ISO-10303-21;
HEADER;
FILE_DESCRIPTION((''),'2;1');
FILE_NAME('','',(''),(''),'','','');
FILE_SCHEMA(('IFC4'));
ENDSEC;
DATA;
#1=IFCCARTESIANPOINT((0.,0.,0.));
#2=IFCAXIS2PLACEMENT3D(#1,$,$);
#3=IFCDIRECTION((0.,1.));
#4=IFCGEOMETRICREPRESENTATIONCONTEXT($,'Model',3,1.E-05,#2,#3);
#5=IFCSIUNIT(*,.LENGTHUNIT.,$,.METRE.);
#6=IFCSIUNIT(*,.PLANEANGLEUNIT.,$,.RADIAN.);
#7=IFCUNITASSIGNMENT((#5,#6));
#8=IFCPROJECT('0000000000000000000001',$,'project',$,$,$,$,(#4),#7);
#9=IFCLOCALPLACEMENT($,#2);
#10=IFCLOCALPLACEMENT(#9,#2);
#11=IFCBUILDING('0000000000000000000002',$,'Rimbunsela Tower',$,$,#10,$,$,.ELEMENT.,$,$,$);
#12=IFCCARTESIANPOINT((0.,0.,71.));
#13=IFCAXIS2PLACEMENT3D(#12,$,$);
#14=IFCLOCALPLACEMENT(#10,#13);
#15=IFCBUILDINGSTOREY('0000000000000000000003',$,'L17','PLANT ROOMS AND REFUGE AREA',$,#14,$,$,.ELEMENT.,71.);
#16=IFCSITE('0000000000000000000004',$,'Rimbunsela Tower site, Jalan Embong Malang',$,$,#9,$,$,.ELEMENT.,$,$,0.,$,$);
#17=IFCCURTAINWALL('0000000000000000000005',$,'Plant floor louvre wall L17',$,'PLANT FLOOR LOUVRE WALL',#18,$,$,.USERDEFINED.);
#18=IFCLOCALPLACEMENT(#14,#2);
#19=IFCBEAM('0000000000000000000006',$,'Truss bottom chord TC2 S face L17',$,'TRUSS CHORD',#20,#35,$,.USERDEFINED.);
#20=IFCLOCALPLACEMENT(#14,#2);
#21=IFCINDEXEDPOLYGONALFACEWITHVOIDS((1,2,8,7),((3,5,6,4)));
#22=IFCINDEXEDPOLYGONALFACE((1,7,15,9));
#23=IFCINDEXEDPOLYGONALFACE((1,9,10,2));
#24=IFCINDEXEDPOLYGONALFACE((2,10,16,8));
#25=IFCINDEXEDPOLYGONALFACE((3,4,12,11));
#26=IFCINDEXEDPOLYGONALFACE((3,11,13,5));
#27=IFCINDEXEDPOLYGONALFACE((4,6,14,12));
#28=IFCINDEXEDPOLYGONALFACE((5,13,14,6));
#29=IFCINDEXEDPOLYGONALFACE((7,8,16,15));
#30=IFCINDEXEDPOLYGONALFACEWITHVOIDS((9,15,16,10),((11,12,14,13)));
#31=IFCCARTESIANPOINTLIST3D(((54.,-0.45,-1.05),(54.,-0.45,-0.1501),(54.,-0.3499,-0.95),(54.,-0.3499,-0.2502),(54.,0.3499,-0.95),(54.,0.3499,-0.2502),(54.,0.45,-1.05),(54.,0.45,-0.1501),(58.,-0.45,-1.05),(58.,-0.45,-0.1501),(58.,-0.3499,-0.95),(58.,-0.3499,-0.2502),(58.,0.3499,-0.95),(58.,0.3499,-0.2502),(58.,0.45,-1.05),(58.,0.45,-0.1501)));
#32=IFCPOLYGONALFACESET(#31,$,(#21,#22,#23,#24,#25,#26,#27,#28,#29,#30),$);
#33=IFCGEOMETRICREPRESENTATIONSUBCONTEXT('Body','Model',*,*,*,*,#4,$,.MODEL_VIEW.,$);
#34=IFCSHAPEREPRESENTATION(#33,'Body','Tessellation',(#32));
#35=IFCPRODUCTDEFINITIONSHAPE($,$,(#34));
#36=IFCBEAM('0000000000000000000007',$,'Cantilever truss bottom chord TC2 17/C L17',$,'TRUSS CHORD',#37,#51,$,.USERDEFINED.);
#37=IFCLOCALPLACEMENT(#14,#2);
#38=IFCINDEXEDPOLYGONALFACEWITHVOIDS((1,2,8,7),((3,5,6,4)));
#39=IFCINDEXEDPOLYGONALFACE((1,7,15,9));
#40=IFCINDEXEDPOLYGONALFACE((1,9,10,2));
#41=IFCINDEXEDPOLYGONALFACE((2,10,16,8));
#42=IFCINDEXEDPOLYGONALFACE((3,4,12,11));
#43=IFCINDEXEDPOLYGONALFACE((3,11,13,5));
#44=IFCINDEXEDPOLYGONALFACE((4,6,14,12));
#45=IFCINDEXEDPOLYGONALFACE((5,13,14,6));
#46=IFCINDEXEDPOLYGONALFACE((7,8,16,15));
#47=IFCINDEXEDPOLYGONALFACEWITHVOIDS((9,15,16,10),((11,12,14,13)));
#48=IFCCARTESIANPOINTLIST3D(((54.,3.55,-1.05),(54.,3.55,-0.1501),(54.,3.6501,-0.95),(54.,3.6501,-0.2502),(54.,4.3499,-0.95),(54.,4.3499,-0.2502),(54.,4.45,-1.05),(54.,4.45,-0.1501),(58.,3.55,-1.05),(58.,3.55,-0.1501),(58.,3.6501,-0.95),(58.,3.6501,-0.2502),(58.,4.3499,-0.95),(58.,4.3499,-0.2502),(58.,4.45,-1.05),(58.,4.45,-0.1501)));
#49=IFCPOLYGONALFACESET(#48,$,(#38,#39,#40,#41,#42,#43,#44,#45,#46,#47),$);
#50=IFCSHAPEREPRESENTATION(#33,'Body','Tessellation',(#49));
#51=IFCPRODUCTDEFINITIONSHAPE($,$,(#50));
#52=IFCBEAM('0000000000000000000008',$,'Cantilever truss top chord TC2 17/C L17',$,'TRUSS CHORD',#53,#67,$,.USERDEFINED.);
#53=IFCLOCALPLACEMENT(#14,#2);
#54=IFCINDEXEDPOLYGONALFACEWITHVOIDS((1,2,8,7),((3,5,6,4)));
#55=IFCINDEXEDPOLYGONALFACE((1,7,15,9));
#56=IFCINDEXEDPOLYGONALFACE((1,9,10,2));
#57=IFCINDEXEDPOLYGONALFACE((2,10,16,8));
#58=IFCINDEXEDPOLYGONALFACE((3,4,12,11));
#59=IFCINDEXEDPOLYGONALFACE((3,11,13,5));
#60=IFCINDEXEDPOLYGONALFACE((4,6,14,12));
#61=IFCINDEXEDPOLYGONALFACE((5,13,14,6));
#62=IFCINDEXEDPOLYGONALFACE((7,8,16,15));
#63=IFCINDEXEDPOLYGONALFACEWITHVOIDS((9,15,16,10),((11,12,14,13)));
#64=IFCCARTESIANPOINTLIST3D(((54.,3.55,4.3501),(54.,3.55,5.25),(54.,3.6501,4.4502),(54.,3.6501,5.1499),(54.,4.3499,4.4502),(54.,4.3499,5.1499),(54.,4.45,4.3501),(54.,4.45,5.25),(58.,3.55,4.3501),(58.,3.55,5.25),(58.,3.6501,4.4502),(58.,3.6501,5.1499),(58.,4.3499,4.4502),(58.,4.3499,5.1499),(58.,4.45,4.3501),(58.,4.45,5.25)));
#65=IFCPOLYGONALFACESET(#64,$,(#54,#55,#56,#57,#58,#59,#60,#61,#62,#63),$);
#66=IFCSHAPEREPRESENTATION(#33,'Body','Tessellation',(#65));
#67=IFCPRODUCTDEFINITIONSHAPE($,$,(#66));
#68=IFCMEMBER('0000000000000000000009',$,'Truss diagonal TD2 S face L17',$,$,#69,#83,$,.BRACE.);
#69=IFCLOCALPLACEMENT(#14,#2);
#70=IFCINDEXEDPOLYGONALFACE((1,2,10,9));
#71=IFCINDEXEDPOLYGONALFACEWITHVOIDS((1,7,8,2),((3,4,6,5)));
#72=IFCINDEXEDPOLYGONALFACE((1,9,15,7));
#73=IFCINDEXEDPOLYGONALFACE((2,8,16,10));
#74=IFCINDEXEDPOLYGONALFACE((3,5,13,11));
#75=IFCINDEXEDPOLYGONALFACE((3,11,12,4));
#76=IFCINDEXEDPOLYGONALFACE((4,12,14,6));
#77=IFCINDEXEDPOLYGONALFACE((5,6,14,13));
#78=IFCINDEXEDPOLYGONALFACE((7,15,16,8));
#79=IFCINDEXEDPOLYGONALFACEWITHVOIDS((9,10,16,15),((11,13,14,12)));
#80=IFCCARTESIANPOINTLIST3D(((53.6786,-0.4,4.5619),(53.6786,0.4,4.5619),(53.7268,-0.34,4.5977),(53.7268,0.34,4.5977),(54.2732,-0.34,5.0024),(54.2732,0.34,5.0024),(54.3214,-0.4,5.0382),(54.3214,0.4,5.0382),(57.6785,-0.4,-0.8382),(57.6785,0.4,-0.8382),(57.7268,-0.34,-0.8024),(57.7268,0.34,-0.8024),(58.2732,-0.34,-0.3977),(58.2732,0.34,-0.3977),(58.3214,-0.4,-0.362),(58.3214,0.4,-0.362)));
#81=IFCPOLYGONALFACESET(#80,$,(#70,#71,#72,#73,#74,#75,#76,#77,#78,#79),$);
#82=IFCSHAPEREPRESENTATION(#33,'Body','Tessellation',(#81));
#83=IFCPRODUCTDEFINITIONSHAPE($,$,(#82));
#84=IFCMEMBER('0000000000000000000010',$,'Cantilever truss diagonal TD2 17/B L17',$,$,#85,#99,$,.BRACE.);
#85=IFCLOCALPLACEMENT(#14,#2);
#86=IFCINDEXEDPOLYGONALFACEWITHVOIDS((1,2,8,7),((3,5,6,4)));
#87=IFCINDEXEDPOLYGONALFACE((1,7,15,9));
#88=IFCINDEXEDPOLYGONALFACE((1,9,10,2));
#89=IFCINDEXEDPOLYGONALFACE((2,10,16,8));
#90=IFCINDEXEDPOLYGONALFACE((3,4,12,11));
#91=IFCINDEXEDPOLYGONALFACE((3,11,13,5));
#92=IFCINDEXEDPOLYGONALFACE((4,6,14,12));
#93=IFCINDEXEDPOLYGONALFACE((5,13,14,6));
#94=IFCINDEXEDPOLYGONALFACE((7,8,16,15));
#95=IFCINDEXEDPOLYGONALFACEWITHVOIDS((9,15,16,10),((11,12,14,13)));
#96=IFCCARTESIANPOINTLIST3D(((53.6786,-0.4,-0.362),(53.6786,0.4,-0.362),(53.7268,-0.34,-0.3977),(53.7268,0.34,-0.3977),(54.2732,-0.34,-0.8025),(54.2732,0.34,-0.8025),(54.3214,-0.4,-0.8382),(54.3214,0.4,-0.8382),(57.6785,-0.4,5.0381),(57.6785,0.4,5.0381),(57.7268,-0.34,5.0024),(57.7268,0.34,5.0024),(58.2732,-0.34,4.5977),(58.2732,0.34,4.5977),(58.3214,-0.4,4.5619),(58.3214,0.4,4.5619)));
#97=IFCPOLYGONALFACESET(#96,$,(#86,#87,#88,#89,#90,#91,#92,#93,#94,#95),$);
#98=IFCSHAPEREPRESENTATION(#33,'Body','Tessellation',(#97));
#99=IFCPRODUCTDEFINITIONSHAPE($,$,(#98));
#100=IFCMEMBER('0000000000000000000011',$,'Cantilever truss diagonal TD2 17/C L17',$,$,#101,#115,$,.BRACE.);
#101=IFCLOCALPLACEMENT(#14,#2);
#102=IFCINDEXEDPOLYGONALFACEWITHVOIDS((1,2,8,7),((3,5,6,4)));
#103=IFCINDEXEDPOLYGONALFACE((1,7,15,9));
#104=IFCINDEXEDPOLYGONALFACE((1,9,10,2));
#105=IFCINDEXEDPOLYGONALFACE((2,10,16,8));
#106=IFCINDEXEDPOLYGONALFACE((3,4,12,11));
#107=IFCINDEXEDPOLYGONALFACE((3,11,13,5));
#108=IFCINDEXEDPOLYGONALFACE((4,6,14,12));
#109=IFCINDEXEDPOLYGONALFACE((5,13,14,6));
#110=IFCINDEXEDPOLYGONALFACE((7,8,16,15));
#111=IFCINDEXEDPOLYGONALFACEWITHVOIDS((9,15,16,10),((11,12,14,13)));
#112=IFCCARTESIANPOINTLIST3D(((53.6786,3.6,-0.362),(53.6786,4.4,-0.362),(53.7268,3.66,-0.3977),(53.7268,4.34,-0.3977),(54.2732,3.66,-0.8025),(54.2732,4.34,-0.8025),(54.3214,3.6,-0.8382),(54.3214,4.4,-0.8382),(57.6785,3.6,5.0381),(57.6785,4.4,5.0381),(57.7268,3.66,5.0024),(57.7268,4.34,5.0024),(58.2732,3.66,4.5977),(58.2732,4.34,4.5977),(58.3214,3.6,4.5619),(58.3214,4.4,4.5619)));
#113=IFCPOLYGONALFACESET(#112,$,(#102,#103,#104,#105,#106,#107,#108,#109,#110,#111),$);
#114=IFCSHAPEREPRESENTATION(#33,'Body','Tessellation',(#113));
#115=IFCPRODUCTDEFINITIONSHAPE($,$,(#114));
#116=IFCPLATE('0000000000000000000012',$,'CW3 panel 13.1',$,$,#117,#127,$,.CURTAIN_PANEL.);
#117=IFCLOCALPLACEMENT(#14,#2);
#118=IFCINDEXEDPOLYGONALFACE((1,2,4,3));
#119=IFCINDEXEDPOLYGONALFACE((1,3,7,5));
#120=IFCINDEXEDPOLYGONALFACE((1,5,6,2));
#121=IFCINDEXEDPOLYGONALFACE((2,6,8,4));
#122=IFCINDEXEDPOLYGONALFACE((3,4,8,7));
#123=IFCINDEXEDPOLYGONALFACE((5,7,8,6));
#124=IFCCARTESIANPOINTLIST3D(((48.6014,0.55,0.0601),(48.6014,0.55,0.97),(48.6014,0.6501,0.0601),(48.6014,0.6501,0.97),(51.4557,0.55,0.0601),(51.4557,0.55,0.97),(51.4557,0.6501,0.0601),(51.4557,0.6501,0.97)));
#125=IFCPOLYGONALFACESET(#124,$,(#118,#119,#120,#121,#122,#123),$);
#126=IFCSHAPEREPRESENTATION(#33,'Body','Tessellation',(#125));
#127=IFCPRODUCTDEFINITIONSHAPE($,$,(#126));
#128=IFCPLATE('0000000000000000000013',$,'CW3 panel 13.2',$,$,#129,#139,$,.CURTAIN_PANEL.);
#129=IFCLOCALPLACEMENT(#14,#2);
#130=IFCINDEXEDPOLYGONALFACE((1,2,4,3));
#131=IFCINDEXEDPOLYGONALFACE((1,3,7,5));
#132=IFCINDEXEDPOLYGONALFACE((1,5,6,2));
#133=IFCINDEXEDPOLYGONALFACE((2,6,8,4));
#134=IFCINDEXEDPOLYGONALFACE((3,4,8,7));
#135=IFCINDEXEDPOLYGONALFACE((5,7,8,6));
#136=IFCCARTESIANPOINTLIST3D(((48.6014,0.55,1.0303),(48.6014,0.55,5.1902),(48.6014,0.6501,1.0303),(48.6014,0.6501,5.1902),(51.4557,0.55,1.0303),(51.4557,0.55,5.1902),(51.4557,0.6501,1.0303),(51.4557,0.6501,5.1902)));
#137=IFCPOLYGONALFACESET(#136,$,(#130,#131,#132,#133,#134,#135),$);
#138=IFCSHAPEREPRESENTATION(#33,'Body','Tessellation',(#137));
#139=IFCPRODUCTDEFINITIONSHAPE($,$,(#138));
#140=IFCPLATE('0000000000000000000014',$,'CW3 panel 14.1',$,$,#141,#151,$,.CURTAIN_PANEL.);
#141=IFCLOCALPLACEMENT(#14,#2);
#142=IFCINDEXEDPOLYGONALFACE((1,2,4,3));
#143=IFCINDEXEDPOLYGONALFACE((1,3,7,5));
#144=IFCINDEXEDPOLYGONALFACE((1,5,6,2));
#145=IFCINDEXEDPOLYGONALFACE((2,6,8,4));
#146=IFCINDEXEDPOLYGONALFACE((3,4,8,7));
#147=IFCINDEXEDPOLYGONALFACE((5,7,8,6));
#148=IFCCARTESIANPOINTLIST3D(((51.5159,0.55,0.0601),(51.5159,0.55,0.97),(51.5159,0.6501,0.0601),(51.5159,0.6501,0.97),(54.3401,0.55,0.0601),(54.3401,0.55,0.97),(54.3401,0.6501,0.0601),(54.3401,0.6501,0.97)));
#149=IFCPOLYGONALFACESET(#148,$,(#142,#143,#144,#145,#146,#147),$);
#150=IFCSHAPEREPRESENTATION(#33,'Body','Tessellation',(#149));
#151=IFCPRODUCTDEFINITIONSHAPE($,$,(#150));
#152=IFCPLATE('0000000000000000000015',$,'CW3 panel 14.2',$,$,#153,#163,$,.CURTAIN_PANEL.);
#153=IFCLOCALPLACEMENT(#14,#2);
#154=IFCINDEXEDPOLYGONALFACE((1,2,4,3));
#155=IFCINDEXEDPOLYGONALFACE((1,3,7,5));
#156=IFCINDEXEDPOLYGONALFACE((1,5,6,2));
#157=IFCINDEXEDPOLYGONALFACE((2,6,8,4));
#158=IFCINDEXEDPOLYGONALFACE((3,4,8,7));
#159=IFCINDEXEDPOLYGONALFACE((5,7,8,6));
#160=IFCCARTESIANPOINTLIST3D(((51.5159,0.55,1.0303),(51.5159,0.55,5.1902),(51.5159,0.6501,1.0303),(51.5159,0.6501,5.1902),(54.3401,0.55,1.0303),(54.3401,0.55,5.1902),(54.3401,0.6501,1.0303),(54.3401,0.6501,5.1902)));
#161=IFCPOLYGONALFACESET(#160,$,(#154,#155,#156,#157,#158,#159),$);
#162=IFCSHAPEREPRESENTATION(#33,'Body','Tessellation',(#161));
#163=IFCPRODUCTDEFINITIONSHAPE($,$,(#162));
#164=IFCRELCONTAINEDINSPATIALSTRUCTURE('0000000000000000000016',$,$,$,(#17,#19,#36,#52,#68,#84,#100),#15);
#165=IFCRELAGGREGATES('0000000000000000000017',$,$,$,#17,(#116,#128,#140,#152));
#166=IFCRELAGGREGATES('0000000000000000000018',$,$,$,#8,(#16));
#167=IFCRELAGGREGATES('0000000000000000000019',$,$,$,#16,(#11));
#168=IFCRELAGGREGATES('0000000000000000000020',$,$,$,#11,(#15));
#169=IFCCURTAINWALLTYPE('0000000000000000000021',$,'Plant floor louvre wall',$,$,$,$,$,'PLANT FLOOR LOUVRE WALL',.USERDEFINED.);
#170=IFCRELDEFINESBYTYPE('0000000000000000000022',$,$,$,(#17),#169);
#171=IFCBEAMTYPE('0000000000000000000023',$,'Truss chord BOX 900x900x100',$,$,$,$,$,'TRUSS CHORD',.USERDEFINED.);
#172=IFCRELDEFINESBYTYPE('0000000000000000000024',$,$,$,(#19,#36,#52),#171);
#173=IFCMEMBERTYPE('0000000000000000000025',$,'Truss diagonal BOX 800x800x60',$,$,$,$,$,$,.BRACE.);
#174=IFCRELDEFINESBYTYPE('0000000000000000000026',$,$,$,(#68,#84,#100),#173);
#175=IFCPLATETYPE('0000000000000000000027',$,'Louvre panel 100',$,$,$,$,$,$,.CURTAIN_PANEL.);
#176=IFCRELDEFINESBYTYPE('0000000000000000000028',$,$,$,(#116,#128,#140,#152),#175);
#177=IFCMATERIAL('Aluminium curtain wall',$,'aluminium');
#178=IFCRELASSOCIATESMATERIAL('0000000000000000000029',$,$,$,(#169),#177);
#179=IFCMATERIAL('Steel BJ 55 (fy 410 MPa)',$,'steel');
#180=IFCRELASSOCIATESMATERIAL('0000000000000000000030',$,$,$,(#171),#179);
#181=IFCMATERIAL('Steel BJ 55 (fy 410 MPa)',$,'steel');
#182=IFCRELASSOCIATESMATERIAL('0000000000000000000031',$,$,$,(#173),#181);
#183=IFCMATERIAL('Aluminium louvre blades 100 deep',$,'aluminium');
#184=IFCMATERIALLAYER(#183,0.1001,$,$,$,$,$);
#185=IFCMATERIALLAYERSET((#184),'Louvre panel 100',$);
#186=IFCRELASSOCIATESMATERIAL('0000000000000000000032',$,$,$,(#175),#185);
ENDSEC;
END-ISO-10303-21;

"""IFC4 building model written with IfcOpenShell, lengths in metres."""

from ifc_helpers import new_model, si_unit, direction, frame, origin, origin_2d, place, context, subcontext, project, spatial, rectangle, hollow_rectangle, extrude, material, layer, layer_set, material_profile, profile_set, type_object, element, aggregate, save


model = new_model("IFC4")

# Units and contexts
model_context = context("Model", 3, precision=1e-05, world=origin(), true_north=direction((0.0, 1.0)))
body_context = subcontext(model_context, "Body", "Model", "MODEL_VIEW")
ifc_project = project(units=[si_unit("LENGTHUNIT", "METRE"), si_unit("PLANEANGLEUNIT", "RADIAN")], contexts=[model_context])

# Site, building, storey
site_placement = place(None, origin())
site = spatial("IfcSite", under=ifc_project, at=site_placement, Name="Rimbunsela Tower site, Jalan Embong Malang", CompositionType="ELEMENT", RefElevation=0.0)
building_placement = place(site_placement, origin())
building = spatial("IfcBuilding", under=site, at=building_placement, Name="Rimbunsela Tower", CompositionType="ELEMENT")
storey_placement = place(building_placement, frame((0.0, 0.0, 71.0)))
storey = spatial("IfcBuildingStorey", under=building, at=storey_placement, Name="L17", Description="PLANT ROOMS AND REFUGE AREA", CompositionType="ELEMENT", Elevation=71.0)

# Curtain wall
ifc_material_1 = material(Name="Aluminium curtain wall", Category="aluminium")
curtain_wall_type = type_object("IfcCurtainWallType", Name="Plant floor louvre wall", ElementType="PLANT FLOOR LOUVRE WALL", PredefinedType="USERDEFINED", material=ifc_material_1)
curtain_wall_placement = place(storey_placement, origin())
curtain_wall = element("IfcCurtainWall", 1, at=curtain_wall_placement, inside=storey, type_object=curtain_wall_type, Name="Plant floor louvre wall L17", ObjectType="PLANT FLOOR LOUVRE WALL", PredefinedType="USERDEFINED")

# Beams
ifc_material_2 = material(Name="Steel BJ 55 (fy 410 MPa)", Category="steel")
ifc_material_profile_1 = material_profile(ifc_material_2, hollow_rectangle(XDim=0.8999, YDim=0.8999, WallThickness=0.1001, at=origin_2d()), Name="BOX 900x900x100")
ifc_profile_set_1 = profile_set([ifc_material_profile_1], Name="Steel BJ 55 (fy 410 MPa)")
beam_type_1 = type_object("IfcBeamType", Name="Truss chord BOX 900x900x100", ElementType="TRUSS CHORD", PredefinedType="USERDEFINED", material=ifc_profile_set_1)
for number, where, z_axis, x_axis, name in (
    (2, (54.0, 0.0, -0.6001), (1.0, 0.0, 0.0), (0.0, 1.0, 0.0), "Truss bottom chord TC2 S face L17"),
    (3, (54.0, 4.0, -0.6001), (1.0, 0.0, 0.0), (0.0, 1.0, 0.0), "Cantilever truss bottom chord TC2 17/C L17"),
    (4, (54.0, 4.0, 4.8), (1.0, 0.0, 0.0), (0.0, 1.0, 0.0), "Cantilever truss top chord TC2 17/C L17"),
):
    element("IfcBeam", number, at=place(storey_placement, frame(where, z_axis=z_axis, x_axis=x_axis)), inside=storey, type_object=beam_type_1, Name=name, ObjectType="TRUSS CHORD", PredefinedType="USERDEFINED", context=body_context, shape_type="SweptSolid", body=[
        extrude(hollow_rectangle(XDim=0.8999, YDim=0.8999, WallThickness=0.1001, at=origin_2d()), origin(), (0.0, 0.0, 1.0), 4.0),
    ])

# Members
ifc_material_3 = material(Name="Steel BJ 55 (fy 410 MPa)", Category="steel")
ifc_material_profile_2 = material_profile(ifc_material_3, hollow_rectangle(XDim=0.8, YDim=0.8, WallThickness=0.0601, at=origin_2d()), Name="BOX 800x800x60")
ifc_profile_set_2 = profile_set([ifc_material_profile_2], Name="Steel BJ 55 (fy 410 MPa)")
member_type_1 = type_object("IfcMemberType", Name="Truss diagonal BOX 800x800x60", PredefinedType="BRACE", material=ifc_profile_set_2)
for number, where, z_axis, x_axis, name in (
    (5, (54.0, 0.0, 4.8), (0.595217, 0.0, -0.803565), (0.0, 1.0, 0.0), "Truss diagonal TD2 S face L17"),
    (6, (54.0, 0.0, -0.6001), (0.595217, 0.0, 0.803565), (0.0, 1.0, 0.0), "Cantilever truss diagonal TD2 17/B L17"),
    (7, (54.0, 4.0, -0.6001), (0.595217, 0.0, 0.803565), (0.0, 1.0, 0.0), "Cantilever truss diagonal TD2 17/C L17"),
):
    element("IfcMember", number, at=place(storey_placement, frame(where, z_axis=z_axis, x_axis=x_axis)), inside=storey, type_object=member_type_1, Name=name, PredefinedType="BRACE", context=body_context, shape_type="SweptSolid", body=[
        extrude(hollow_rectangle(XDim=0.8, YDim=0.8, WallThickness=0.0601, at=origin_2d()), origin(), (0.0, 0.0, 1.0), 6.7202),
    ])

# Plates
ifc_material_4 = material(Name="Aluminium louvre blades 100 deep", Category="aluminium")
ifc_layer = layer(ifc_material_4, 0.1001)
ifc_layer_set = layer_set([ifc_layer], Name="Louvre panel 100")
plate_type = type_object("IfcPlateType", Name="Louvre panel 100", PredefinedType="CURTAIN_PANEL", material=ifc_layer_set)
plate_1_placement = place(storey_placement, frame((50.0286, 0.6001, 0.0601), z_axis=(0.0, 0.0, 1.0), x_axis=(1.0, 0.0, 0.0)))
plate_1 = element("IfcPlate", 8, at=plate_1_placement, type_object=plate_type, Name="CW3 panel 13.1", PredefinedType="CURTAIN_PANEL", context=body_context, shape_type="SweptSolid", body=[
    extrude(rectangle(XDim=2.8542, YDim=0.1001, at=origin_2d()), origin(), (0.0, 0.0, 1.0), 0.9099),
])
plate_2_placement = place(storey_placement, frame((50.0286, 0.6001, 1.0303), z_axis=(0.0, 0.0, 1.0), x_axis=(1.0, 0.0, 0.0)))
plate_2 = element("IfcPlate", 9, at=plate_2_placement, type_object=plate_type, Name="CW3 panel 13.2", PredefinedType="CURTAIN_PANEL", context=body_context, shape_type="SweptSolid", body=[
    extrude(rectangle(XDim=2.8542, YDim=0.1001, at=origin_2d()), origin(), (0.0, 0.0, 1.0), 4.1599),
])
plate_3_placement = place(storey_placement, frame((52.928, 0.6001, 0.0601), z_axis=(0.0, 0.0, 1.0), x_axis=(1.0, 0.0, 0.0)))
plate_3 = element("IfcPlate", 10, at=plate_3_placement, type_object=plate_type, Name="CW3 panel 14.1", PredefinedType="CURTAIN_PANEL", context=body_context, shape_type="SweptSolid", body=[
    extrude(rectangle(XDim=2.8242, YDim=0.1001, at=origin_2d()), origin(), (0.0, 0.0, 1.0), 0.9099),
])
plate_4_placement = place(storey_placement, frame((52.928, 0.6001, 1.0303), z_axis=(0.0, 0.0, 1.0), x_axis=(1.0, 0.0, 0.0)))
plate_4 = element("IfcPlate", 11, at=plate_4_placement, type_object=plate_type, Name="CW3 panel 14.2", PredefinedType="CURTAIN_PANEL", context=body_context, shape_type="SweptSolid", body=[
    extrude(rectangle(XDim=2.8242, YDim=0.1001, at=origin_2d()), origin(), (0.0, 0.0, 1.0), 4.1599),
])
aggregate(curtain_wall, [plate_1, plate_2, plate_3, plate_4])

save(model, "model.ifc")
